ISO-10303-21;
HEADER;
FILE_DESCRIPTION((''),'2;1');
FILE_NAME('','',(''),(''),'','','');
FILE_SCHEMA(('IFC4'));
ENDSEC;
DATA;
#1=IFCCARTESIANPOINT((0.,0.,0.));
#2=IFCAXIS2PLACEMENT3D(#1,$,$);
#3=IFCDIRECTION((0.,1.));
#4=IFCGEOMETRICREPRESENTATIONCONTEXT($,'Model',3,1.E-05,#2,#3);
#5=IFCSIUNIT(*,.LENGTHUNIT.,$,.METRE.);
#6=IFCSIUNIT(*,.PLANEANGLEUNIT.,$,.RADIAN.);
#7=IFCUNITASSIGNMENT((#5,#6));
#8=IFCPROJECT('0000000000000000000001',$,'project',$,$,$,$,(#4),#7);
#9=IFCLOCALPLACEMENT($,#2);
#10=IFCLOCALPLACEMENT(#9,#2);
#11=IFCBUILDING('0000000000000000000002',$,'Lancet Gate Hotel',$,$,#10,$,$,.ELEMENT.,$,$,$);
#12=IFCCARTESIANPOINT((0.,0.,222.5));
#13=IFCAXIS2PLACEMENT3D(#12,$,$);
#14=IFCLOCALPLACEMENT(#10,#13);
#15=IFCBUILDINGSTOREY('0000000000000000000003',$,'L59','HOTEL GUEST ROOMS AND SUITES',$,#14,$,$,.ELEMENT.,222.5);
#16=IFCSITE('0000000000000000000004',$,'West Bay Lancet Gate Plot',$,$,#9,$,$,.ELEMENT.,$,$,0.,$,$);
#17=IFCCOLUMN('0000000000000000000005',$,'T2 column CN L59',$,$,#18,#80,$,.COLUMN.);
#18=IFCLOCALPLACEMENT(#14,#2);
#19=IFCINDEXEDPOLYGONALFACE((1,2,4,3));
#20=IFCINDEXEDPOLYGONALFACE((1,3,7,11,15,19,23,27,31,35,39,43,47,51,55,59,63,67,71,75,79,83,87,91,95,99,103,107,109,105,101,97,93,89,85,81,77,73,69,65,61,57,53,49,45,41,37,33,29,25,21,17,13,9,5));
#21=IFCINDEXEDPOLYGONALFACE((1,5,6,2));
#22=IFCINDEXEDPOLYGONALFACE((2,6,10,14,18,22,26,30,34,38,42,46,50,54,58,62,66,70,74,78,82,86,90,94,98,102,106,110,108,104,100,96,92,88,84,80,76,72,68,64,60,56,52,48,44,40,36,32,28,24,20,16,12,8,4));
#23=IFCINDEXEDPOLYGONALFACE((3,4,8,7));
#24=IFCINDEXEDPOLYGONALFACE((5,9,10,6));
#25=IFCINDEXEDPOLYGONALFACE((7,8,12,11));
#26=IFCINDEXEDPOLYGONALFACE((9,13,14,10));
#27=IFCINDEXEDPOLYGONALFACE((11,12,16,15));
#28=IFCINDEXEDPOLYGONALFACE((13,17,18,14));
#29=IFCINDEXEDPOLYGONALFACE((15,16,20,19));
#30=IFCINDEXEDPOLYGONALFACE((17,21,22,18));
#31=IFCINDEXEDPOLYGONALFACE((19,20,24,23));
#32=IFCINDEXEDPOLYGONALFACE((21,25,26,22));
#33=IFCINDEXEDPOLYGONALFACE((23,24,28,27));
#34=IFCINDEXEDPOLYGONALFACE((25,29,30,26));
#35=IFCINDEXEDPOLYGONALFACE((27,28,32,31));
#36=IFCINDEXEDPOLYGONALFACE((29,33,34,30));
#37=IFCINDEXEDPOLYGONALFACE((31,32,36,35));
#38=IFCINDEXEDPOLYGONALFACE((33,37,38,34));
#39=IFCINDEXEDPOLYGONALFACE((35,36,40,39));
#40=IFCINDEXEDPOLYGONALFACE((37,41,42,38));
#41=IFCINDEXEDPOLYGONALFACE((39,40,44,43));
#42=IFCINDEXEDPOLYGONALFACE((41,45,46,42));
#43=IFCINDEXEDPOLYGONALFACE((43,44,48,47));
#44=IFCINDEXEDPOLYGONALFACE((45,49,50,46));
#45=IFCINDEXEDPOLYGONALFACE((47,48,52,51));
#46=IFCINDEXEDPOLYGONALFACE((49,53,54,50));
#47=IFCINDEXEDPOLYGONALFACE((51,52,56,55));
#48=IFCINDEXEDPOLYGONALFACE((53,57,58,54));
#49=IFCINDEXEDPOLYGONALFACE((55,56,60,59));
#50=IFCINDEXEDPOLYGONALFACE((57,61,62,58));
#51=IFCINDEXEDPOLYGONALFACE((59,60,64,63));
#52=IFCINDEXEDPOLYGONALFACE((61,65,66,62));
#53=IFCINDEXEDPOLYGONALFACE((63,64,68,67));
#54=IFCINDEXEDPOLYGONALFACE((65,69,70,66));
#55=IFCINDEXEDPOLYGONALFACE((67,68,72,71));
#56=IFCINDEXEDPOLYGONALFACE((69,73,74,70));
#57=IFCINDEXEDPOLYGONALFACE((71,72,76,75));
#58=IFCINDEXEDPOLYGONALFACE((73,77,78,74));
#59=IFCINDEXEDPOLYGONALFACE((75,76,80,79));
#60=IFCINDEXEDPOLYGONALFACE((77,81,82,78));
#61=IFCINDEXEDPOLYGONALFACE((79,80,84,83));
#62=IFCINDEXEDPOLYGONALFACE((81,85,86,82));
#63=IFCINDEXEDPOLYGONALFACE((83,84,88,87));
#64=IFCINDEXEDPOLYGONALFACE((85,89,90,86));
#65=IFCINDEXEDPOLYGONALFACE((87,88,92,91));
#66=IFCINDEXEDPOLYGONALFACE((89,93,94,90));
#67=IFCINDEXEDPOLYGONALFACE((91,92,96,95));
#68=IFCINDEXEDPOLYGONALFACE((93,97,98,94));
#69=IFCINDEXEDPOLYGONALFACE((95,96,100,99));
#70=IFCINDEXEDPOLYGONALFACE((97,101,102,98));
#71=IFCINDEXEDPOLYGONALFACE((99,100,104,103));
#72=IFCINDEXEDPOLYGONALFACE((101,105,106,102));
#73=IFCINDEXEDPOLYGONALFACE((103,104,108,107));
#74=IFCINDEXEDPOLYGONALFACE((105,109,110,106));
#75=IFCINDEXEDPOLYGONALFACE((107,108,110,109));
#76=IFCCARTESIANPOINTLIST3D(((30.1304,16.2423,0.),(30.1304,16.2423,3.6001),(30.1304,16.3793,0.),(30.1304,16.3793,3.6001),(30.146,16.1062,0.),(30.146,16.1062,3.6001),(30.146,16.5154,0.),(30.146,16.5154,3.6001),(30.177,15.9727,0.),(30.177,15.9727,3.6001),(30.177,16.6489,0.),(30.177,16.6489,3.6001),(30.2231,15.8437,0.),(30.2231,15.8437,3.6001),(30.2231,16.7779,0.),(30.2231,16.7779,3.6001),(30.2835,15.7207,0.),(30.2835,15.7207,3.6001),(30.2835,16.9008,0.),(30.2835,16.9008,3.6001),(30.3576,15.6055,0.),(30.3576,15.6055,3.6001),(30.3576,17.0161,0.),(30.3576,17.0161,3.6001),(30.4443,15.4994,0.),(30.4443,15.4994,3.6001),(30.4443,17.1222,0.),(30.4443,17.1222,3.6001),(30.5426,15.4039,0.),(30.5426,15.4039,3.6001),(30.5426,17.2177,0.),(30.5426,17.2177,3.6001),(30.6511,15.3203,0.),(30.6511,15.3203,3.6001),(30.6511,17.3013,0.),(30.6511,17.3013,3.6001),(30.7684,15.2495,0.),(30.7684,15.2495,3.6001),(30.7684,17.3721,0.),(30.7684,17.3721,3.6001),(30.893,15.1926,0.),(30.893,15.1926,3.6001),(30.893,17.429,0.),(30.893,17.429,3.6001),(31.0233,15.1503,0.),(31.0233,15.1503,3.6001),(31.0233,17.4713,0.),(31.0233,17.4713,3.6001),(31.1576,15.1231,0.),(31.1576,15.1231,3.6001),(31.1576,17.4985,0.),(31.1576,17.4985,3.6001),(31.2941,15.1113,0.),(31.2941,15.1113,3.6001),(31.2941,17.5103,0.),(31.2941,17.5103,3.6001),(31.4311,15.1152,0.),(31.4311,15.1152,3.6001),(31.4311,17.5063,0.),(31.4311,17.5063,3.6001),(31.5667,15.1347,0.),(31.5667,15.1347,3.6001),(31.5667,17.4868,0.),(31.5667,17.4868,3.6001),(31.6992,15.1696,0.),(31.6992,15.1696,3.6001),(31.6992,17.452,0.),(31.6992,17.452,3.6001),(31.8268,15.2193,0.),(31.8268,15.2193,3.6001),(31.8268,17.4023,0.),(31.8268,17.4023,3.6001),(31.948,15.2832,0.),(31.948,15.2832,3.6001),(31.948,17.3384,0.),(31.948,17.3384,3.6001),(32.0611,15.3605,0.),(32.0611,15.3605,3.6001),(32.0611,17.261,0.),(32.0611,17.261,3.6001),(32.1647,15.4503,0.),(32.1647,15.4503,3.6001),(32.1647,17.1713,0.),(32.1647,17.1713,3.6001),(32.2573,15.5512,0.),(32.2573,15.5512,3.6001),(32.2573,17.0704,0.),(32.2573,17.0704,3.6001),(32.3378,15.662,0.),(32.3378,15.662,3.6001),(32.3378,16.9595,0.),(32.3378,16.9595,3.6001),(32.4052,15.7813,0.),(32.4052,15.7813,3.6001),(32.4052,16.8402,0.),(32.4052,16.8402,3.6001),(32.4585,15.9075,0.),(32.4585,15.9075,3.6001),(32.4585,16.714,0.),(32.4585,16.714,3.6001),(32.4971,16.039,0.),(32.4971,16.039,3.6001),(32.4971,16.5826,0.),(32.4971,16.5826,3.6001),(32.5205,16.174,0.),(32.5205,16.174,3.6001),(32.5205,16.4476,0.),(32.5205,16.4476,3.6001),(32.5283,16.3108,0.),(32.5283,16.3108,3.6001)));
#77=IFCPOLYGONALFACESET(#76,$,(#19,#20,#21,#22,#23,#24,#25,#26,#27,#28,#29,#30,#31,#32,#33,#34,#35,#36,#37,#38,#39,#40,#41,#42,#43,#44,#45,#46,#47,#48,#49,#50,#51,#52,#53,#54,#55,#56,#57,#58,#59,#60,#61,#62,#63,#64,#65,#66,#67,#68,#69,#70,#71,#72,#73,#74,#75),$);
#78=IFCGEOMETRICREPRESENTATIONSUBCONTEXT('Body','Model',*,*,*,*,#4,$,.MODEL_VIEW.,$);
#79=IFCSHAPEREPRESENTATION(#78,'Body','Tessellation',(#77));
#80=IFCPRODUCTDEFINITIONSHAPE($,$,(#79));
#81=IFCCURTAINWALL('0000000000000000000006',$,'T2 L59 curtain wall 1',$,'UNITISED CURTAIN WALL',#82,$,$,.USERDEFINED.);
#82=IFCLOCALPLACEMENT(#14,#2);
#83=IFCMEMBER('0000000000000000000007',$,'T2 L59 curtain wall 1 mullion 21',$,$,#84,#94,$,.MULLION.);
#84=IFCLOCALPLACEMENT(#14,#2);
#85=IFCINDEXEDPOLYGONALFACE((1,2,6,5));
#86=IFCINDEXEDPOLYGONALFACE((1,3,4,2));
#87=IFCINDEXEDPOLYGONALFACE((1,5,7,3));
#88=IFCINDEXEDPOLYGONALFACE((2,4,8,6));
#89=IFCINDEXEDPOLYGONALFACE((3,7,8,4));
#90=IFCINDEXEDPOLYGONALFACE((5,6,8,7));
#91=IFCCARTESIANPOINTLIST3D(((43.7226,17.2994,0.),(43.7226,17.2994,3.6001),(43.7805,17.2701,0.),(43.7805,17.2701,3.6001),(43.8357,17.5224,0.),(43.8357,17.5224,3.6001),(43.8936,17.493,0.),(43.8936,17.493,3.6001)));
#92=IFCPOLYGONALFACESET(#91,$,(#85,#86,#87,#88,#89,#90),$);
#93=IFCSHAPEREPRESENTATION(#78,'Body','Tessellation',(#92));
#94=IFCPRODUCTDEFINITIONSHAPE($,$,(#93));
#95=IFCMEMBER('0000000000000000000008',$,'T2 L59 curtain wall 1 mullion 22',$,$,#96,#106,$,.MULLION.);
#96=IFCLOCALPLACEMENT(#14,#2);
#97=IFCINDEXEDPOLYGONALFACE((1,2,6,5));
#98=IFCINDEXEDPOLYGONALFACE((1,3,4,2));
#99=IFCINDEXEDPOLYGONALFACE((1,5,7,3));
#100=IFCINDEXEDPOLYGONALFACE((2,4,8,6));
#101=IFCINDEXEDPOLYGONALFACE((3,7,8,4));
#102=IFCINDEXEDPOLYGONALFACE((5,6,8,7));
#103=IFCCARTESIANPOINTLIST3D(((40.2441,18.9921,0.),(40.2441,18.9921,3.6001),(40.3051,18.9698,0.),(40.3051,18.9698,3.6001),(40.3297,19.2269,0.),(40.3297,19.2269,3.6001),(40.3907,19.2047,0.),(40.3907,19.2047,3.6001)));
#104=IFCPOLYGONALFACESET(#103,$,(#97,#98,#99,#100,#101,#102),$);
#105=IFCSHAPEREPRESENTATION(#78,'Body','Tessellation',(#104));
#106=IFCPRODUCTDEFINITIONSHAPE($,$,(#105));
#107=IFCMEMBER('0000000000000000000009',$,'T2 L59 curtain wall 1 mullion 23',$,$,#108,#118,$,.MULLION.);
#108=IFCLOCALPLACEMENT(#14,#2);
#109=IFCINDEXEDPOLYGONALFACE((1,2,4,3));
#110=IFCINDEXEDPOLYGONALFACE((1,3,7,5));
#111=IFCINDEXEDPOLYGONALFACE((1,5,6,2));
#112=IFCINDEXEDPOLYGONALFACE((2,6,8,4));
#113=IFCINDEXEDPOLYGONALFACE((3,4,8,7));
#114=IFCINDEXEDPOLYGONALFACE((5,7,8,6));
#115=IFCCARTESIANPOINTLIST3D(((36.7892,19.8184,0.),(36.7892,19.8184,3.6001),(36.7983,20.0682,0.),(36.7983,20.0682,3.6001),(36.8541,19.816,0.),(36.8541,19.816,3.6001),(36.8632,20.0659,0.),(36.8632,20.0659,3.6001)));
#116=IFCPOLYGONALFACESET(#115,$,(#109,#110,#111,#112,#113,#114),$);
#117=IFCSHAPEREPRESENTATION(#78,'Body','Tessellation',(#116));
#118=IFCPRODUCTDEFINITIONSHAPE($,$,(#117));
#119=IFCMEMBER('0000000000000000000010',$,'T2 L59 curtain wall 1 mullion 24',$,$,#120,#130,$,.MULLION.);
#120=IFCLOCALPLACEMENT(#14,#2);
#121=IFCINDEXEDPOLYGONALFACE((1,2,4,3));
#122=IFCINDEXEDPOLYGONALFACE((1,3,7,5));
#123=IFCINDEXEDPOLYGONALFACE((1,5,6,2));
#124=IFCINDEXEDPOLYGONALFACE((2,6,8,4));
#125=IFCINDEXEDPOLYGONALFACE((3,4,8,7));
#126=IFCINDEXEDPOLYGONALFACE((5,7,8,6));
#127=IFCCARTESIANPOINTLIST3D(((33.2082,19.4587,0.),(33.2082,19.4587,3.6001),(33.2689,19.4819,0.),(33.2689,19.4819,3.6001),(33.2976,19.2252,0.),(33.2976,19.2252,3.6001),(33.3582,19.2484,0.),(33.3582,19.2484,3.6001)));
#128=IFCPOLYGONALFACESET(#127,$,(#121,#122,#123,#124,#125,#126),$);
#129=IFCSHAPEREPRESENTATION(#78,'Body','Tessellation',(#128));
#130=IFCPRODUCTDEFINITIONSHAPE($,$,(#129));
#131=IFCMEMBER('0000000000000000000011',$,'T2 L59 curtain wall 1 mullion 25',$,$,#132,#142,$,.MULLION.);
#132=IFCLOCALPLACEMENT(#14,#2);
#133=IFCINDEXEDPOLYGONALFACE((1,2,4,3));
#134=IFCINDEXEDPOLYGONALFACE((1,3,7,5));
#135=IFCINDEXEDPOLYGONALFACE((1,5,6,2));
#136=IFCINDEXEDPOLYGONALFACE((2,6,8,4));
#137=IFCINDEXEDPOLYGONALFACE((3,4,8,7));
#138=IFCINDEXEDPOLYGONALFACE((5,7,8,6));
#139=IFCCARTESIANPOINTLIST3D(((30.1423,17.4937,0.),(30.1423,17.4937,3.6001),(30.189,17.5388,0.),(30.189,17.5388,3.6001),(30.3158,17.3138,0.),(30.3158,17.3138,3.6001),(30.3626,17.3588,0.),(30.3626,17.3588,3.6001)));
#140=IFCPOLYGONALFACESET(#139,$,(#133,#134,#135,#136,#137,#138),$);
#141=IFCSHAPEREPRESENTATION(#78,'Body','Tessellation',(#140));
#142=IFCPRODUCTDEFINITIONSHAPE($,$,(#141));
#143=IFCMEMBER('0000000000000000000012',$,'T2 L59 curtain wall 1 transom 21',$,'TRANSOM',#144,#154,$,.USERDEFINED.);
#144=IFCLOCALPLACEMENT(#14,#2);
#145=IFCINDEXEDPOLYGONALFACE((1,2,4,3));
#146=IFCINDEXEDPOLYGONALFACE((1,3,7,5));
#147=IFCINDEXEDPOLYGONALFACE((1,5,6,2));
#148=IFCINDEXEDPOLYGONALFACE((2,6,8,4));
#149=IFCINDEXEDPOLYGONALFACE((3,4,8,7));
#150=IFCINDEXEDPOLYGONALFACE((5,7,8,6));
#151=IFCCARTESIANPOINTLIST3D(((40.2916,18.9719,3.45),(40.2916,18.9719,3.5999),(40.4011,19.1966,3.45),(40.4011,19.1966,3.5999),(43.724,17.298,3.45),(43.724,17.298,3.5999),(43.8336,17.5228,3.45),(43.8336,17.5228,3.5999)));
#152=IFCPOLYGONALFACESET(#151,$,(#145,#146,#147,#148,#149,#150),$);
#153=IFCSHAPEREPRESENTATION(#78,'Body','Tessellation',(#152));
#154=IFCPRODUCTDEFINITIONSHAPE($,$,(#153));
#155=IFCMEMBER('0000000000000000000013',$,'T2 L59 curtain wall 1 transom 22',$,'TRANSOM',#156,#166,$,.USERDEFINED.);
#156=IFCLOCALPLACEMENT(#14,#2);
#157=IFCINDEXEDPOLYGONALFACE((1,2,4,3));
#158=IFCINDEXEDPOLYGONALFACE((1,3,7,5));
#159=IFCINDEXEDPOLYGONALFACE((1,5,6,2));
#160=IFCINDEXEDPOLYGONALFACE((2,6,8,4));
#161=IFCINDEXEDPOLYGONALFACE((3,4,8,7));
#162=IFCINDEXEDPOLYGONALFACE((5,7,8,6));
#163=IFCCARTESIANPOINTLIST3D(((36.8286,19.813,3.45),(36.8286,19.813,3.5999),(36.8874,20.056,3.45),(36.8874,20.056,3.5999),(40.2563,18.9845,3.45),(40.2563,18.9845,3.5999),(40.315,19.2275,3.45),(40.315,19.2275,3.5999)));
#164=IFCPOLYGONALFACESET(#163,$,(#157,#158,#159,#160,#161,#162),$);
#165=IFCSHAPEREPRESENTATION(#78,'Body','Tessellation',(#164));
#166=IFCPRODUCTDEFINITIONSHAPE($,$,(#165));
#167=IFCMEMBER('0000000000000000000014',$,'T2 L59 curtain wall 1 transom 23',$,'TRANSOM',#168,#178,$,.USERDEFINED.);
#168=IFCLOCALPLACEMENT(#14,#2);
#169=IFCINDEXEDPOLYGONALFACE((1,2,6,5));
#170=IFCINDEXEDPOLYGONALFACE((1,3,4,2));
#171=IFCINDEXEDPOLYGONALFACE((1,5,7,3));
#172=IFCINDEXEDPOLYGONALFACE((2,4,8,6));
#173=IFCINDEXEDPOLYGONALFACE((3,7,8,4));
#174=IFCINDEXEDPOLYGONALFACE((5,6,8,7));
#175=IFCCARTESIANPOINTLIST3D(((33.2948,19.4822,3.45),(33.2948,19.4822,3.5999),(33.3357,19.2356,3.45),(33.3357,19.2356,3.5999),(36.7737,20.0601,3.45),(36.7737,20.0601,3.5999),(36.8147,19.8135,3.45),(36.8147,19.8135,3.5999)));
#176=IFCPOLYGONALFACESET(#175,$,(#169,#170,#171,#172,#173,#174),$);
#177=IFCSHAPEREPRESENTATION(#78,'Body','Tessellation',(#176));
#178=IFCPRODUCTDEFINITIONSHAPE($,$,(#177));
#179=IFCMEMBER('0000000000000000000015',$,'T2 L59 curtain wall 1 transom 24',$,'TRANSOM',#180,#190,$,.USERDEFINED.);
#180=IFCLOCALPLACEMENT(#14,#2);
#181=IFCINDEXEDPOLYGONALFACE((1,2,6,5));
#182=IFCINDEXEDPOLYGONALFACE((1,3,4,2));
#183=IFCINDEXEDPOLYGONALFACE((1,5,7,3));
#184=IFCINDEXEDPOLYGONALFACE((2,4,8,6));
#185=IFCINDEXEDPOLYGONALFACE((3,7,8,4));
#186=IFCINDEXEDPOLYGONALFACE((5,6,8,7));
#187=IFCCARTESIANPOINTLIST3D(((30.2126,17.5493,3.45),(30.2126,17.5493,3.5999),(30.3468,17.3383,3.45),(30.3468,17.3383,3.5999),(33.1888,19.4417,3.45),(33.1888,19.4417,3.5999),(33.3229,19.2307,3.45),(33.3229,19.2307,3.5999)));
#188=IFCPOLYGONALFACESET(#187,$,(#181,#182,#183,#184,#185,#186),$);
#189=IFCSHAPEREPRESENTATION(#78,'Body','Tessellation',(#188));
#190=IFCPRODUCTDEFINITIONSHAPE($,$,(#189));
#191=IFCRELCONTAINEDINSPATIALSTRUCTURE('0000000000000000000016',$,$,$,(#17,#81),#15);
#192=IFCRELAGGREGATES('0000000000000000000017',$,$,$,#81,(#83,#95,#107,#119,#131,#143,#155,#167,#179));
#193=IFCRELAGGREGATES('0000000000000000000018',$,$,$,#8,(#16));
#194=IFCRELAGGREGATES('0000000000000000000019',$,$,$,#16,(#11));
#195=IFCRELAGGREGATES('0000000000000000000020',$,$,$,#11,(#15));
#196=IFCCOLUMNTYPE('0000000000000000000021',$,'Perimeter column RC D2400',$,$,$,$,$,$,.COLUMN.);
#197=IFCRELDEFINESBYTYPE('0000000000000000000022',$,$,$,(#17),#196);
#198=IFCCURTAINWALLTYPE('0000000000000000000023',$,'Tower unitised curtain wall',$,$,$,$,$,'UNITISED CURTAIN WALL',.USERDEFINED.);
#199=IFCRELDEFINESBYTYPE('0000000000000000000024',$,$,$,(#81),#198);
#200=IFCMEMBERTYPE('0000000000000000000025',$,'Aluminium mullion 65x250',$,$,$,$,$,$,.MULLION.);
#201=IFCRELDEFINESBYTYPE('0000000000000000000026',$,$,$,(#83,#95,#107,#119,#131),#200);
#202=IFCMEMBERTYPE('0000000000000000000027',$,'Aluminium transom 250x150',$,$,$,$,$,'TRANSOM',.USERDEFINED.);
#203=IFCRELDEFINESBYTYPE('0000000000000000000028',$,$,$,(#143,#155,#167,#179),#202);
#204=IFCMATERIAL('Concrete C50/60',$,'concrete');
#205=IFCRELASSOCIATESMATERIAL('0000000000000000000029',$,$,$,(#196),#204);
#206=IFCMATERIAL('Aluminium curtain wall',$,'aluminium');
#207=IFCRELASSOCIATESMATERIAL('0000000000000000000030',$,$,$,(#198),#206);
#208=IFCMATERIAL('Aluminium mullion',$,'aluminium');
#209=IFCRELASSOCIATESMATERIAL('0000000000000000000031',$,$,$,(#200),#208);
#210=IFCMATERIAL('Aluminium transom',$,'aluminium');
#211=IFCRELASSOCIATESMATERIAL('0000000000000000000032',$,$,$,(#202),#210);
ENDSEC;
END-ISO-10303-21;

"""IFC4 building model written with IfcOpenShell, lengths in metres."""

from ifc_helpers import new_model, si_unit, direction, frame, origin, origin_2d, place, context, subcontext, project, spatial, rectangle, circle, extrude, material, material_profile, profile_set, type_object, element, aggregate, save


model = new_model("IFC4")

# Units and contexts
model_context = context("Model", 3, precision=1e-05, world=origin(), true_north=direction((0.0, 1.0)))
body_context = subcontext(model_context, "Body", "Model", "MODEL_VIEW")
ifc_project = project(units=[si_unit("LENGTHUNIT", "METRE"), si_unit("PLANEANGLEUNIT", "RADIAN")], contexts=[model_context])

# Site, building, storey
site_placement = place(None, origin())
site = spatial("IfcSite", under=ifc_project, at=site_placement, Name="West Bay Lancet Gate Plot", CompositionType="ELEMENT", RefElevation=0.0)
building_placement = place(site_placement, origin())
building = spatial("IfcBuilding", under=site, at=building_placement, Name="Lancet Gate Hotel", CompositionType="ELEMENT")
storey_placement = place(building_placement, frame((0.0, 0.0, 222.5)))
storey = spatial("IfcBuildingStorey", under=building, at=storey_placement, Name="L59", Description="HOTEL GUEST ROOMS AND SUITES", CompositionType="ELEMENT", Elevation=222.5)

# Column
ifc_material_1 = material(Name="Concrete C50/60", Category="concrete")
ifc_material_profile_1 = material_profile(ifc_material_1, circle(Radius=1.2, at=origin_2d()), Name="RC D2400")
ifc_profile_set_1 = profile_set([ifc_material_profile_1], Name="Concrete C50/60")
column_type = type_object("IfcColumnType", Name="Perimeter column RC D2400", PredefinedType="COLUMN", material=ifc_profile_set_1)
column_placement = place(storey_placement, frame((31.3284, 16.3108, 0.0), z_axis=(0.0, 0.0, 1.0), x_axis=(1.0, 0.0, 0.0)))
element("IfcColumn", 1, at=column_placement, inside=storey, type_object=column_type, Name="T2 column CN L59", PredefinedType="COLUMN", context=body_context, shape_type="SweptSolid", body=[
    extrude(circle(Radius=1.2, at=origin_2d()), origin(), (0.0, 0.0, 1.0), 3.6001),
])

# Curtain wall, members
ifc_material_2 = material(Name="Aluminium curtain wall", Category="aluminium")
curtain_wall_type = type_object("IfcCurtainWallType", Name="Tower unitised curtain wall", ElementType="UNITISED CURTAIN WALL", PredefinedType="USERDEFINED", material=ifc_material_2)
curtain_wall_placement = place(storey_placement, origin())
curtain_wall = element("IfcCurtainWall", 2, at=curtain_wall_placement, inside=storey, type_object=curtain_wall_type, Name="T2 L59 curtain wall 1", ObjectType="UNITISED CURTAIN WALL", PredefinedType="USERDEFINED")
ifc_material_3 = material(Name="Aluminium mullion", Category="aluminium")
ifc_material_profile_2 = material_profile(ifc_material_3, rectangle(XDim=0.0649, YDim=0.25, at=origin_2d()), Name="MULLION 65x250")
ifc_profile_set_2 = profile_set([ifc_material_profile_2], Name="Aluminium mullion")
member_type_1 = type_object("IfcMemberType", Name="Aluminium mullion 65x250", PredefinedType="MULLION", material=ifc_profile_set_2)
member_1_placement = place(storey_placement, frame((43.8081, 17.3962, 0.0), z_axis=(0.0, 0.0, 1.0), x_axis=(-0.891833, 0.452365, 0.0)))
member_1 = element("IfcMember", 3, at=member_1_placement, type_object=member_type_1, Name="T2 L59 curtain wall 1 mullion 21", PredefinedType="MULLION", context=body_context, shape_type="SweptSolid", body=[
    extrude(rectangle(XDim=0.0649, YDim=0.25, at=origin_2d()), origin(), (0.0, 0.0, 1.0), 3.6001),
])
member_2_placement = place(storey_placement, frame((40.3174, 19.0984, 0.0), z_axis=(0.0, 0.0, 1.0), x_axis=(-0.939484, 0.342593, 0.0)))
member_2 = element("IfcMember", 4, at=member_2_placement, type_object=member_type_1, Name="T2 L59 curtain wall 1 mullion 22", PredefinedType="MULLION", context=body_context, shape_type="SweptSolid", body=[
    extrude(rectangle(XDim=0.0649, YDim=0.25, at=origin_2d()), origin(), (0.0, 0.0, 1.0), 3.6001),
])
member_3_placement = place(storey_placement, frame((36.8262, 19.9421, 0.0), z_axis=(0.0, 0.0, 1.0), x_axis=(-0.999343, 0.03625, 0.0)))
member_3 = element("IfcMember", 5, at=member_3_placement, type_object=member_type_1, Name="T2 L59 curtain wall 1 mullion 23", PredefinedType="MULLION", context=body_context, shape_type="SweptSolid", body=[
    extrude(rectangle(XDim=0.0649, YDim=0.25, at=origin_2d()), origin(), (0.0, 0.0, 1.0), 3.6001),
])
member_4_placement = place(storey_placement, frame((33.2832, 19.3535, 0.0), z_axis=(0.0, 0.0, 1.0), x_axis=(-0.933943, -0.357421, 0.0)))
member_4 = element("IfcMember", 6, at=member_4_placement, type_object=member_type_1, Name="T2 L59 curtain wall 1 mullion 24", PredefinedType="MULLION", context=body_context, shape_type="SweptSolid", body=[
    extrude(rectangle(XDim=0.0649, YDim=0.25, at=origin_2d()), origin(), (0.0, 0.0, 1.0), 3.6001),
])
member_5_placement = place(storey_placement, frame((30.2524, 17.4263, 0.0), z_axis=(0.0, 0.0, 1.0), x_axis=(-0.719809, -0.694172, 0.0)))
member_5 = element("IfcMember", 7, at=member_5_placement, type_object=member_type_1, Name="T2 L59 curtain wall 1 mullion 25", PredefinedType="MULLION", context=body_context, shape_type="SweptSolid", body=[
    extrude(rectangle(XDim=0.0649, YDim=0.25, at=origin_2d()), origin(), (0.0, 0.0, 1.0), 3.6001),
])
ifc_material_4 = material(Name="Aluminium transom", Category="aluminium")
ifc_material_profile_3 = material_profile(ifc_material_4, rectangle(XDim=0.25, YDim=0.1499, at=origin_2d()), Name="TRANSOM 250x150")
ifc_profile_set_3 = profile_set([ifc_material_profile_3], Name="Aluminium transom")
member_type_2 = type_object("IfcMemberType", Name="Aluminium transom 250x150", ElementType="TRANSOM", PredefinedType="USERDEFINED", material=ifc_profile_set_3)
member_6_placement = place(storey_placement, frame((43.7788, 17.4104, 3.5249), z_axis=(-0.89882, 0.438318, 0.0), x_axis=(-0.438318, -0.89882, 0.0)))
member_6 = element("IfcMember", 8, at=member_6_placement, type_object=member_type_2, Name="T2 L59 curtain wall 1 transom 21", ObjectType="TRANSOM", PredefinedType="USERDEFINED", context=body_context, shape_type="SweptSolid", body=[
    extrude(rectangle(XDim=0.25, YDim=0.1499, at=origin_2d()), origin(), (0.0, 0.0, 1.0), 3.8188),
])
member_7_placement = place(storey_placement, frame((40.2856, 19.106, 3.5249), z_axis=(-0.972003, 0.23497, 0.0), x_axis=(-0.23497, -0.972003, 0.0)))
member_7 = element("IfcMember", 9, at=member_7_placement, type_object=member_type_2, Name="T2 L59 curtain wall 1 transom 22", ObjectType="TRANSOM", PredefinedType="USERDEFINED", context=body_context, shape_type="SweptSolid", body=[
    extrude(rectangle(XDim=0.25, YDim=0.1499, at=origin_2d()), origin(), (0.0, 0.0, 1.0), 3.5264),
])
member_8_placement = place(storey_placement, frame((36.7942, 19.9368, 3.5249), z_axis=(-0.986484, -0.16386, 0.0), x_axis=(0.16386, -0.986484, 0.0)))
member_8 = element("IfcMember", 10, at=member_8_placement, type_object=member_type_2, Name="T2 L59 curtain wall 1 transom 23", ObjectType="TRANSOM", PredefinedType="USERDEFINED", context=body_context, shape_type="SweptSolid", body=[
    extrude(rectangle(XDim=0.25, YDim=0.1499, at=origin_2d()), origin(), (0.0, 0.0, 1.0), 3.5266),
])
member_9_placement = place(storey_placement, frame((33.2559, 19.3362, 3.5249), z_axis=(-0.843858, -0.536566, 0.0), x_axis=(0.536566, -0.843858, 0.0)))
member_9 = element("IfcMember", 11, at=member_9_placement, type_object=member_type_2, Name="T2 L59 curtain wall 1 transom 24", ObjectType="TRANSOM", PredefinedType="USERDEFINED", context=body_context, shape_type="SweptSolid", body=[
    extrude(rectangle(XDim=0.25, YDim=0.1499, at=origin_2d()), origin(), (0.0, 0.0, 1.0), 3.5269),
])

aggregate(curtain_wall, [member_1, member_2, member_3, member_4, member_5, member_6, member_7, member_8, member_9])

save(model, "model.ifc")
